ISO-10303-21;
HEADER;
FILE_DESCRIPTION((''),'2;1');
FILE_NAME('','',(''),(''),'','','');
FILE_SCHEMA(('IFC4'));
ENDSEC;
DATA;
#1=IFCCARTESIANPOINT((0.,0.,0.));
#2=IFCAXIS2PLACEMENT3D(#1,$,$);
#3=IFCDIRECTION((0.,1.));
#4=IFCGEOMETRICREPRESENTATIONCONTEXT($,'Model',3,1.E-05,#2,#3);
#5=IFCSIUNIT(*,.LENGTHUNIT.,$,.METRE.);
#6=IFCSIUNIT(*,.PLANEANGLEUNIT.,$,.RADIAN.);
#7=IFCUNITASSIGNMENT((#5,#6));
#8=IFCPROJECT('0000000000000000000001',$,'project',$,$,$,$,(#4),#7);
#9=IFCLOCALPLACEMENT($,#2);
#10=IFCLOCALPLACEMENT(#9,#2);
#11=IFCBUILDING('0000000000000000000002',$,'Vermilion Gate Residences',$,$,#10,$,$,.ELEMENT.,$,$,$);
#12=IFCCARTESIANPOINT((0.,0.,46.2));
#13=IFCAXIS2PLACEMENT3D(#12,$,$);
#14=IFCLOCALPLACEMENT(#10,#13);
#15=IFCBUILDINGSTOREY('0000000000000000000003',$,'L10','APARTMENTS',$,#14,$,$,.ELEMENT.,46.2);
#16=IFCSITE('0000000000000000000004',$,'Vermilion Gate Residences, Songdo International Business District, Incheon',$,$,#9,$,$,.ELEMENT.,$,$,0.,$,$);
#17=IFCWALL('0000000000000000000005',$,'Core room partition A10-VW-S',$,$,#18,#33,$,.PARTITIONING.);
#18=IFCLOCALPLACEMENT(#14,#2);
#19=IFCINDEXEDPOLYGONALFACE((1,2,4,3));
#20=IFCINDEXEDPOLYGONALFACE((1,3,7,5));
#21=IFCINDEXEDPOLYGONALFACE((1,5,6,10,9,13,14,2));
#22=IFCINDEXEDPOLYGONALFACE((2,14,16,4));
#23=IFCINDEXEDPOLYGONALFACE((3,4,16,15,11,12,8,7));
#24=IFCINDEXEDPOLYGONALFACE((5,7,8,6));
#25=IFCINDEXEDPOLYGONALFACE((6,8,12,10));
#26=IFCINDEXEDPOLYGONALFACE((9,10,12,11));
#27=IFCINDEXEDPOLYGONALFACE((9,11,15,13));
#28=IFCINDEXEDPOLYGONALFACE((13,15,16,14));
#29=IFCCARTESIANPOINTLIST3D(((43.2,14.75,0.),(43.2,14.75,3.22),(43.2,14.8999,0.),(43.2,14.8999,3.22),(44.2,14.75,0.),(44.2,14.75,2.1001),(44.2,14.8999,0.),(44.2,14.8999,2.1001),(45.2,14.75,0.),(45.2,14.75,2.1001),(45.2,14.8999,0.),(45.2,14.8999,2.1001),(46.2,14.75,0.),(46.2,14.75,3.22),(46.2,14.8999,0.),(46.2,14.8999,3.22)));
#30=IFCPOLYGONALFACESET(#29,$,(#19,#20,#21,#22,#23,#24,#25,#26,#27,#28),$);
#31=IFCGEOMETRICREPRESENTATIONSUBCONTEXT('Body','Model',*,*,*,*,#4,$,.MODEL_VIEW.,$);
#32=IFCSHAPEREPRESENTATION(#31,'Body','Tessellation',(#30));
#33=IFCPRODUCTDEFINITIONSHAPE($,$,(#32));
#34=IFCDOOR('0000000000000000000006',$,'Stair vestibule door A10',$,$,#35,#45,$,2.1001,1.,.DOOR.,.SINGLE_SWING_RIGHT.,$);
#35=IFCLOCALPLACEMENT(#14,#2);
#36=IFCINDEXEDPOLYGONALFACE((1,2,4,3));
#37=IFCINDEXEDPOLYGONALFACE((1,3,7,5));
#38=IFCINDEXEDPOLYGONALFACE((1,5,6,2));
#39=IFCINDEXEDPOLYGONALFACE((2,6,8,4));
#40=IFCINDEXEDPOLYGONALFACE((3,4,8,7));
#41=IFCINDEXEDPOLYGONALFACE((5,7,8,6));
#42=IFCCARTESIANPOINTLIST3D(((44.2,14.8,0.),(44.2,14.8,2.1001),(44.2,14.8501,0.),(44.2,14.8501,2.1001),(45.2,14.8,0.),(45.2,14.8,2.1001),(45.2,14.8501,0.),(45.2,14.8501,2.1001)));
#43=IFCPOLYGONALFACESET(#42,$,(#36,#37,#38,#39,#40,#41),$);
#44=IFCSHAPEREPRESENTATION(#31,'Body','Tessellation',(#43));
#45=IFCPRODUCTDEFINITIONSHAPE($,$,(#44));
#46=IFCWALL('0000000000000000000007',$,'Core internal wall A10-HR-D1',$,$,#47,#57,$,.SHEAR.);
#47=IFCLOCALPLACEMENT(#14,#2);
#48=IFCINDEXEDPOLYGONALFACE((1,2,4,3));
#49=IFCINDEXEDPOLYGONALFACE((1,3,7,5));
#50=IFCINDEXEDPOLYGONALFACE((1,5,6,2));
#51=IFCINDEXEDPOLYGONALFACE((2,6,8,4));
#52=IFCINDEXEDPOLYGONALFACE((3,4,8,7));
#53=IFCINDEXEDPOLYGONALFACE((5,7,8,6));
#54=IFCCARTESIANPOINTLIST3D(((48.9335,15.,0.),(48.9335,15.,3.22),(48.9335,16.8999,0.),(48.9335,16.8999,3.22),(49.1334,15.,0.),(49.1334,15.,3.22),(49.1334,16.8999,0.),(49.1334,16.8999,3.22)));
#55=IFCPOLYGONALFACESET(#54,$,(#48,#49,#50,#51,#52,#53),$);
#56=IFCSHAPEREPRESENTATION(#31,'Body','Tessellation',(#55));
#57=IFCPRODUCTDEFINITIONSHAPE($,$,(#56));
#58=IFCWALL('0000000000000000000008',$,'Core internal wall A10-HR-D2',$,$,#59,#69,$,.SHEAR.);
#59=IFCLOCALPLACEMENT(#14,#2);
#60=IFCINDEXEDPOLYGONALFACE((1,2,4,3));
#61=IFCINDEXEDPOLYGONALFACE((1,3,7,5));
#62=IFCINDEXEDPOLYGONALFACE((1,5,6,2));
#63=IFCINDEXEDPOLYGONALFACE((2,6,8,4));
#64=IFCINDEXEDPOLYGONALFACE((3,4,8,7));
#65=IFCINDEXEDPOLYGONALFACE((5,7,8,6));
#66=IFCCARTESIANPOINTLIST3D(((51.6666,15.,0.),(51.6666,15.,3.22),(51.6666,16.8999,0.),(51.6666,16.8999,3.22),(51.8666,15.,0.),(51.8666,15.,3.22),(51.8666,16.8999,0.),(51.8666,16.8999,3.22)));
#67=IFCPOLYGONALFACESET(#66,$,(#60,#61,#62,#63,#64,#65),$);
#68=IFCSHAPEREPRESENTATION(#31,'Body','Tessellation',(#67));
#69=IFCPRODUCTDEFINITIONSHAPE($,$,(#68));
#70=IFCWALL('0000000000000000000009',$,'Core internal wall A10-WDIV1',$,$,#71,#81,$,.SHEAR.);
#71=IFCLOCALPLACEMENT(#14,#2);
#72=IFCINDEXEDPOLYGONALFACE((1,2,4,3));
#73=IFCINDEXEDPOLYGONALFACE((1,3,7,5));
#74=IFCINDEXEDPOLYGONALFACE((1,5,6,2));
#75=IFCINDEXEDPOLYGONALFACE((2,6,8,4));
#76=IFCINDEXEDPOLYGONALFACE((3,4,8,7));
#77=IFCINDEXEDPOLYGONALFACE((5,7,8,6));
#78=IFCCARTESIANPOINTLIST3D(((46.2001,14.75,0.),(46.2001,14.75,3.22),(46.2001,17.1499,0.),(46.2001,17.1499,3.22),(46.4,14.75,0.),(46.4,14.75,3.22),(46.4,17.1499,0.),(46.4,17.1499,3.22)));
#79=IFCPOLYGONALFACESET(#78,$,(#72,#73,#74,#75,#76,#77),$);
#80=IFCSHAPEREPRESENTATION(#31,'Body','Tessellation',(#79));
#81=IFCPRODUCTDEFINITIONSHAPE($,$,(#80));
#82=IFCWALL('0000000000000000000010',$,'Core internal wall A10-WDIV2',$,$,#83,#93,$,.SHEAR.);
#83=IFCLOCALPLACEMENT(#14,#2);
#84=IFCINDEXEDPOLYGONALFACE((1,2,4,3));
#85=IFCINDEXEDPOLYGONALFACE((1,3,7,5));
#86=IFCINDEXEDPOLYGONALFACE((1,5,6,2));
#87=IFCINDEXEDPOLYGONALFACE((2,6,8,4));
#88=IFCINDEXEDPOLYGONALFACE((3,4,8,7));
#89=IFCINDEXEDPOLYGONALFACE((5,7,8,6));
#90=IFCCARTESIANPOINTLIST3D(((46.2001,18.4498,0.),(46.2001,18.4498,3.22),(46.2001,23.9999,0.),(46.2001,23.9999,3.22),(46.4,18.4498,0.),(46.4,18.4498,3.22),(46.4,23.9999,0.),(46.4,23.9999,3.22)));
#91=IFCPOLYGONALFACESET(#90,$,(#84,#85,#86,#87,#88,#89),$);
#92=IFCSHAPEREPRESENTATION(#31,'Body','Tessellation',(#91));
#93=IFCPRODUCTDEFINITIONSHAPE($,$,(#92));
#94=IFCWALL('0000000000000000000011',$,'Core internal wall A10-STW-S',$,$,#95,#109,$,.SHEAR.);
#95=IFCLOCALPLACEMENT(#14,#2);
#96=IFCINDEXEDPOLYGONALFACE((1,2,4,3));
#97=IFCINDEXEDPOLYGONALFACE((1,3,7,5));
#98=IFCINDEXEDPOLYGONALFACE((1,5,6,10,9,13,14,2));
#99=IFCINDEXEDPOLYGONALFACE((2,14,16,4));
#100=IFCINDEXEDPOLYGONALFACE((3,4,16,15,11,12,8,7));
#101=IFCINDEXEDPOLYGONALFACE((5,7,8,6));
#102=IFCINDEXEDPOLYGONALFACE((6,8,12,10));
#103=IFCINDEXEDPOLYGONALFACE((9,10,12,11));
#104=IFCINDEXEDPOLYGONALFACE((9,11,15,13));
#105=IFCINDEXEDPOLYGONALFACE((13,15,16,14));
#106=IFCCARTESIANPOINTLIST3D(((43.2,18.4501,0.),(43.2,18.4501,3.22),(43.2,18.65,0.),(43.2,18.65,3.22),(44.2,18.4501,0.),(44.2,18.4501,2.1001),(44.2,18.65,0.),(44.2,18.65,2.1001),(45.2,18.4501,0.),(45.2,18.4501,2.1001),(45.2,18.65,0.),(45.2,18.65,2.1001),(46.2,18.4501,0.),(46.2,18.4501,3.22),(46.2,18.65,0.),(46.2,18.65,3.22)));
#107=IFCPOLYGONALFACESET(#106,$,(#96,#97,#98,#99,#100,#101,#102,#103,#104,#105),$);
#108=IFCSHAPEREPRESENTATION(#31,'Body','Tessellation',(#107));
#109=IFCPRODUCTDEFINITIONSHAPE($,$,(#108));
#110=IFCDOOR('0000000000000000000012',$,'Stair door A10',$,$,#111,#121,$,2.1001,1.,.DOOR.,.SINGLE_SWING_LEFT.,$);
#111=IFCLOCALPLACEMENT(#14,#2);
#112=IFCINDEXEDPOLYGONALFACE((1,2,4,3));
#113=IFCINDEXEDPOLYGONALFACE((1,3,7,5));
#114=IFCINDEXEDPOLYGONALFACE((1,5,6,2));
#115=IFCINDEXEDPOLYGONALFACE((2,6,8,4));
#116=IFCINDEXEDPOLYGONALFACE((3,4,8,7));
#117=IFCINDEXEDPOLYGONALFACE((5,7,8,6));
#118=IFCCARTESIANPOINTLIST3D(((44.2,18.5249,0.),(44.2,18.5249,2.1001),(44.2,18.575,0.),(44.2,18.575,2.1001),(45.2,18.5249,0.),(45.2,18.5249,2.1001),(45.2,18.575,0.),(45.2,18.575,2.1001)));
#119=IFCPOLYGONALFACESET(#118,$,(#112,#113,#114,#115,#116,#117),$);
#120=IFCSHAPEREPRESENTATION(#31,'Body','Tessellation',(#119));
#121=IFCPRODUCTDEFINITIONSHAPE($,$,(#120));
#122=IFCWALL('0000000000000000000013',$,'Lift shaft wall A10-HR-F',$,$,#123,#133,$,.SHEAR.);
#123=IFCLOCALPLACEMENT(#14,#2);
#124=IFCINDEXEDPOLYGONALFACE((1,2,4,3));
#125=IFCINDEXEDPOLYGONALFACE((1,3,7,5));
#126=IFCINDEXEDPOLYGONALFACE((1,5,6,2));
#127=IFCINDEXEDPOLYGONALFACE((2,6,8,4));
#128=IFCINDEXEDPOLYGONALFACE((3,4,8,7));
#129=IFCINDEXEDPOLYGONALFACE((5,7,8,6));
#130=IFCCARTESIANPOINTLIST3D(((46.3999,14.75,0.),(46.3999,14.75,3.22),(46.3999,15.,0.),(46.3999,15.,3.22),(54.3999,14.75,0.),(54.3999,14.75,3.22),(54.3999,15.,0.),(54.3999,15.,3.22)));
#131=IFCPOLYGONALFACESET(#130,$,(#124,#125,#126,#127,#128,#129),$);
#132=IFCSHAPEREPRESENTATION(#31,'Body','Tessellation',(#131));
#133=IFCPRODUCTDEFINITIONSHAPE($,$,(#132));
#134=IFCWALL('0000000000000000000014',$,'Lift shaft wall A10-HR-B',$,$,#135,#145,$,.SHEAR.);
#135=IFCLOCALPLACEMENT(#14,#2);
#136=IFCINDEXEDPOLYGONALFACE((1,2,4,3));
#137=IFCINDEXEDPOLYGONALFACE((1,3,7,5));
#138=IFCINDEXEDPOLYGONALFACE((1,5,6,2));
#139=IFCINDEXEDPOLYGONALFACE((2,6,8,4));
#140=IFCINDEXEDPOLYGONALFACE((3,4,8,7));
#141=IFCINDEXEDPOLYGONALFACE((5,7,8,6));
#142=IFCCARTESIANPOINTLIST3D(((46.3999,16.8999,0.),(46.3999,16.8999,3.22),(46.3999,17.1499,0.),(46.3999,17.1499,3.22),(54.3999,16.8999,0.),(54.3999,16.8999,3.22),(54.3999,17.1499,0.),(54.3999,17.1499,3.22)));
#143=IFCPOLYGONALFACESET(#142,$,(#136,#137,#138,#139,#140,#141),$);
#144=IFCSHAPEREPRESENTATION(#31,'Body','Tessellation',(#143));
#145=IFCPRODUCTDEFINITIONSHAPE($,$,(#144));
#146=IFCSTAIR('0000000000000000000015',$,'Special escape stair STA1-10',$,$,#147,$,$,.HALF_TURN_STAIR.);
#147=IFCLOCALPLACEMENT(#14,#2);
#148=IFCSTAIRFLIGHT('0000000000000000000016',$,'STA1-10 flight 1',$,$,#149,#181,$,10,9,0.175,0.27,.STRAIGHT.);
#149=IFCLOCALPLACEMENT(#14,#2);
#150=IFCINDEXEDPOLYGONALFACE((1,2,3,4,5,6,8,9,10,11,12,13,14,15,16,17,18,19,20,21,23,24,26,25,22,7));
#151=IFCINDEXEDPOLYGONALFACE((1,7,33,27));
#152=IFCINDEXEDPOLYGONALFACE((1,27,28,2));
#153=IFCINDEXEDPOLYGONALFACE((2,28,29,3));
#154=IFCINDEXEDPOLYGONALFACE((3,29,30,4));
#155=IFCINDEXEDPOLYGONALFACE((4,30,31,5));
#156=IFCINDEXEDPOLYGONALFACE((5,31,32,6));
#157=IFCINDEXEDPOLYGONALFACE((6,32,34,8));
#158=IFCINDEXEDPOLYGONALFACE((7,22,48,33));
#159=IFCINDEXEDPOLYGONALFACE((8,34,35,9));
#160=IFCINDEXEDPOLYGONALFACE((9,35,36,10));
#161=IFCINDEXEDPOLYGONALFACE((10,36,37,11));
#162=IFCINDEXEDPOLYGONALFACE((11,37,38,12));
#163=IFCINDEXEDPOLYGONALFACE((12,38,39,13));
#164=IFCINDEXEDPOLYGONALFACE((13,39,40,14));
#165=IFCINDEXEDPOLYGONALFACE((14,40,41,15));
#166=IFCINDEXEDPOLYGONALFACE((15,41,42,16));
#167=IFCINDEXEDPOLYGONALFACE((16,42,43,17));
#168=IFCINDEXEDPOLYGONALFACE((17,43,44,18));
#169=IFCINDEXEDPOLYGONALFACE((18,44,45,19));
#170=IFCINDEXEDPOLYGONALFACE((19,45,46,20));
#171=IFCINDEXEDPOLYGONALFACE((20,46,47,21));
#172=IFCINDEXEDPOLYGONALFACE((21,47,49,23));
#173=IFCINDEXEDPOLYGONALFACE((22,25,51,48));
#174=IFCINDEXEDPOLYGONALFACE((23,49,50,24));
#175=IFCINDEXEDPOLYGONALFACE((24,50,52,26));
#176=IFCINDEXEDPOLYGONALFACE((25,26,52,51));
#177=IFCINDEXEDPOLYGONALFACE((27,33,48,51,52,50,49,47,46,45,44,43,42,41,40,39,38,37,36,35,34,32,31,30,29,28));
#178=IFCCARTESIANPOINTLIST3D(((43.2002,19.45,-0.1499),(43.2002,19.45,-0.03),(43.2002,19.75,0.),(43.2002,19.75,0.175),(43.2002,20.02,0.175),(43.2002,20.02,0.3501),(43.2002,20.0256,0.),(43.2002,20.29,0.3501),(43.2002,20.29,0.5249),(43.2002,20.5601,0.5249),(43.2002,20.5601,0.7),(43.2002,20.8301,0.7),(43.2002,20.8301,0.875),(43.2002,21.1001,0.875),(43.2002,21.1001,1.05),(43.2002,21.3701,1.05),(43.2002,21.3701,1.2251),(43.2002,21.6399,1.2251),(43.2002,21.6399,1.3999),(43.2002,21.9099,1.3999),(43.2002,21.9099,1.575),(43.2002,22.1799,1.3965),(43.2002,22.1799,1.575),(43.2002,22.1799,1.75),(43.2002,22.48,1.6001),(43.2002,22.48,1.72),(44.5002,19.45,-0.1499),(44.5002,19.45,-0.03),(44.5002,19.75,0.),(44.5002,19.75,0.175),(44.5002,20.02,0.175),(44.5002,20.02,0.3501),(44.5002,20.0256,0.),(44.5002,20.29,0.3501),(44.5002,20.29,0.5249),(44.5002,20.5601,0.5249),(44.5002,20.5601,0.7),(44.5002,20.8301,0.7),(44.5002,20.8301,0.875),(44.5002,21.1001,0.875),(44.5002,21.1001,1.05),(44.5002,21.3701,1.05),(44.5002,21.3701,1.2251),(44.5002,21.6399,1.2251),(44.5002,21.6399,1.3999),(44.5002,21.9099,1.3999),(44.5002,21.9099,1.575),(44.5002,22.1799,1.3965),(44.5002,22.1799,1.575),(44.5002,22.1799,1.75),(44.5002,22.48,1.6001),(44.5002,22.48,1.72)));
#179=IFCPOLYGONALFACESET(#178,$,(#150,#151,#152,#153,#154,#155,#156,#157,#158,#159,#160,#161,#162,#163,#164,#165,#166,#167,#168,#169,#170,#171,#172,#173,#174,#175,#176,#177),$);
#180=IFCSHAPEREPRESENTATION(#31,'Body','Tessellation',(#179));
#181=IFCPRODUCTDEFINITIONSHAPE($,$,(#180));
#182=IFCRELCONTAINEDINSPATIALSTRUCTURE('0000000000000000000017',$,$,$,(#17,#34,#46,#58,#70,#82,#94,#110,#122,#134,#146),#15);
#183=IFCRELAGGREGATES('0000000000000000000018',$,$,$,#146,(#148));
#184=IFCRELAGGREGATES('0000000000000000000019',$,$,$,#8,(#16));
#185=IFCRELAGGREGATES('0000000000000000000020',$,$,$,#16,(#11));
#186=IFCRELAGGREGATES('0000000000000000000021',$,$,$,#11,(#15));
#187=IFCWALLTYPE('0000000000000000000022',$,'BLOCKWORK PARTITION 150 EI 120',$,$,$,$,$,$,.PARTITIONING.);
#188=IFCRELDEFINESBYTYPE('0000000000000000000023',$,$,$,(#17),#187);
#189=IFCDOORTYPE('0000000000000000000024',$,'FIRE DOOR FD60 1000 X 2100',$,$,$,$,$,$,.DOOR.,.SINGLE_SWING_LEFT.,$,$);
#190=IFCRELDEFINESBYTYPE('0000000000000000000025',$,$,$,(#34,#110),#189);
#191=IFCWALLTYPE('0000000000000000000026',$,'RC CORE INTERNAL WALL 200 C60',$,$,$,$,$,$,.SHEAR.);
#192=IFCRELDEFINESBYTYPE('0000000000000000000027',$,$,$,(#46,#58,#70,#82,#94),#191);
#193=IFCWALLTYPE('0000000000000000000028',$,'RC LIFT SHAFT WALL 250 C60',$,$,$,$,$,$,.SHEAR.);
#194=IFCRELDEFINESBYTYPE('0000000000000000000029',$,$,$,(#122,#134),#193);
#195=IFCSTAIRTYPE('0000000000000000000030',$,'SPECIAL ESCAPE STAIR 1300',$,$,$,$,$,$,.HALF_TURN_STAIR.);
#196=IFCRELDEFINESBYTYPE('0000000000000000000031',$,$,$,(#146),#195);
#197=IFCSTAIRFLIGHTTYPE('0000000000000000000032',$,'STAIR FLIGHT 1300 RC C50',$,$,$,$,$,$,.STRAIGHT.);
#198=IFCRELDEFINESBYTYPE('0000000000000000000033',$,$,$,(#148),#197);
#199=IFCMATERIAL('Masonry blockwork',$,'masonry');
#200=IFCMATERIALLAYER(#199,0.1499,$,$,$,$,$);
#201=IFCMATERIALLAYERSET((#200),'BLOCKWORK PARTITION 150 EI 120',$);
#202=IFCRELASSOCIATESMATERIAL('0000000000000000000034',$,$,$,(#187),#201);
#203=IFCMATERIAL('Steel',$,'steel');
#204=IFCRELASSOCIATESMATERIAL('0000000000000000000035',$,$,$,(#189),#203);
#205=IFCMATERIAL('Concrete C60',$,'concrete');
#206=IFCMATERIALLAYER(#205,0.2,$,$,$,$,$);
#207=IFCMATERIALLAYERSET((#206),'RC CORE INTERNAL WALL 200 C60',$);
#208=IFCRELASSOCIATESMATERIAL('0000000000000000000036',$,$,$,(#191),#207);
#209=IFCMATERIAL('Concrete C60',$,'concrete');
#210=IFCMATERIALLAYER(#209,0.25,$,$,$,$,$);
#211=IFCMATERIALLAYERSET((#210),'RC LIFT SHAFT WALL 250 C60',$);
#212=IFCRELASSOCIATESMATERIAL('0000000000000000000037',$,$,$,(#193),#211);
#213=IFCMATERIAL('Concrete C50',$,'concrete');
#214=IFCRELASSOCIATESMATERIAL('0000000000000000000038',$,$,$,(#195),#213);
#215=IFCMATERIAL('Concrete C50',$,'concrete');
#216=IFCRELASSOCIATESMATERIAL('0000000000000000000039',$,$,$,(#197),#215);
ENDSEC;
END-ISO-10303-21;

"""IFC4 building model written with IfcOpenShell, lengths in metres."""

from ifc_helpers import new_model, si_unit, direction, frame, frame_2d, origin, place, context, subcontext, project, spatial, polyline, rectangle, outline, extrude, material, layer, layer_set, type_object, element, fill, aggregate, save


model = new_model("IFC4")

# Units and contexts
model_context = context("Model", 3, precision=1e-05, world=origin(), true_north=direction((0.0, 1.0)))
body_context = subcontext(model_context, "Body", "Model", "MODEL_VIEW")
ifc_project = project(units=[si_unit("LENGTHUNIT", "METRE"), si_unit("PLANEANGLEUNIT", "RADIAN")], contexts=[model_context])

# Site, building, storey
site_placement = place(None, origin())
site = spatial("IfcSite", under=ifc_project, at=site_placement, Name="Vermilion Gate Residences, Songdo International Business District, Incheon", CompositionType="ELEMENT", RefElevation=0.0)
building_placement = place(site_placement, origin())
building = spatial("IfcBuilding", under=site, at=building_placement, Name="Vermilion Gate Residences", CompositionType="ELEMENT")
storey_placement = place(building_placement, frame((0.0, 0.0, 46.2)))
storey = spatial("IfcBuildingStorey", under=building, at=storey_placement, Name="L10", Description="APARTMENTS", CompositionType="ELEMENT", Elevation=46.2)

# Wall, opening, door
ifc_material_1 = material(Name="Masonry blockwork", Category="masonry")
ifc_layer_1 = layer(ifc_material_1, 0.1499)
ifc_layer_set_1 = layer_set([ifc_layer_1], Name="BLOCKWORK PARTITION 150 EI 120")
wall_type_1 = type_object("IfcWallType", Name="BLOCKWORK PARTITION 150 EI 120", PredefinedType="PARTITIONING", material=ifc_layer_set_1)
wall_1_placement = place(storey_placement, frame((43.2, 14.825, 0.0), z_axis=(0.0, 0.0, 1.0), x_axis=(1.0, 0.0, 0.0)))
wall_1 = element("IfcWall", 1, at=wall_1_placement, inside=storey, type_object=wall_type_1, Name="Core room partition A10-VW-S", PredefinedType="PARTITIONING", context=body_context, shape_type="SweptSolid", body=[
    extrude(rectangle(XDim=3.0, YDim=0.1499, at=frame_2d((1.5, 0.0))), origin(), (0.0, 0.0, 1.0), 3.22),
])
opening_1_placement = place(wall_1_placement, frame((1.0, 0.0, 0.0)))
opening_1 = element("IfcOpeningElement", 2, at=opening_1_placement, cuts=wall_1, PredefinedType="OPENING", context=body_context, shape_type="SweptSolid", body=[
    extrude(rectangle(XDim=1.0, YDim=2.1001, at=frame_2d((0.5, 1.05))), frame((0.0, 0.085, 0.0), z_axis=(0.0, -1.0, 0.0), x_axis=(1.0, 0.0, 0.0)), (0.0, 0.0, 1.0), 0.1699),
])
ifc_material_2 = material(Name="Steel", Category="steel")
door_type = type_object("IfcDoorType", Name="FIRE DOOR FD60 1000 X 2100", OperationType="SINGLE_SWING_LEFT", PredefinedType="DOOR", material=ifc_material_2)
door_1_placement = place(opening_1_placement, frame((1.0, 0.0, 0.0), z_axis=(0.0, 0.0, 1.0), x_axis=(-1.0, 0.0, 0.0)))
door_1 = element("IfcDoor", 3, at=door_1_placement, inside=storey, type_object=door_type, Name="Stair vestibule door A10", OperationType="SINGLE_SWING_RIGHT", OverallHeight=2.1001, OverallWidth=1.0, PredefinedType="DOOR", context=body_context, shape_type="SweptSolid", body=[
    extrude(rectangle(XDim=1.0, YDim=2.1001, at=frame_2d((0.5, 1.05))), frame((0.0, 0.0249, 0.0), z_axis=(0.0, -1.0, 0.0), x_axis=(1.0, 0.0, 0.0)), (0.0, 0.0, 1.0), 0.05),
])
fill(opening_1, door_1)

# Walls
ifc_material_3 = material(Name="Concrete C60", Category="concrete")
ifc_layer_2 = layer(ifc_material_3, 0.2)
ifc_layer_set_2 = layer_set([ifc_layer_2], Name="RC CORE INTERNAL WALL 200 C60")
wall_type_2 = type_object("IfcWallType", Name="RC CORE INTERNAL WALL 200 C60", PredefinedType="SHEAR", material=ifc_layer_set_2)
for number, where, z_axis, x_axis, name in (
    (4, (49.0334, 15.0, 0.0), (0.0, 0.0, 1.0), (0.0, 1.0, 0.0), "Core internal wall A10-HR-D1"),
    (5, (51.7666, 15.0, 0.0), (0.0, 0.0, 1.0), (0.0, 1.0, 0.0), "Core internal wall A10-HR-D2"),
):
    element("IfcWall", number, at=place(storey_placement, frame(where, z_axis=z_axis, x_axis=x_axis)), inside=storey, type_object=wall_type_2, Name=name, PredefinedType="SHEAR", context=body_context, shape_type="SweptSolid", body=[
        extrude(rectangle(XDim=1.8999, YDim=0.2, at=frame_2d((0.95, 0.0))), origin(), (0.0, 0.0, 1.0), 3.22),
    ])
wall_2_placement = place(storey_placement, frame((46.3, 14.75, 0.0), z_axis=(0.0, 0.0, 1.0), x_axis=(0.0, 1.0, 0.0)))
element("IfcWall", 6, at=wall_2_placement, inside=storey, type_object=wall_type_2, Name="Core internal wall A10-WDIV1", PredefinedType="SHEAR", context=body_context, shape_type="SweptSolid", body=[
    extrude(rectangle(XDim=2.3999, YDim=0.2, at=frame_2d((1.2, 0.0))), origin(), (0.0, 0.0, 1.0), 3.22),
])
wall_3_placement = place(storey_placement, frame((46.3, 18.45, 0.0), z_axis=(0.0, 0.0, 1.0), x_axis=(0.0, 1.0, 0.0)))
element("IfcWall", 7, at=wall_3_placement, inside=storey, type_object=wall_type_2, Name="Core internal wall A10-WDIV2", PredefinedType="SHEAR", context=body_context, shape_type="SweptSolid", body=[
    extrude(rectangle(XDim=5.55, YDim=0.2, at=frame_2d((2.7749, 0.0))), origin(), (0.0, 0.0, 1.0), 3.22),
])

# Wall, opening, door
wall_4_placement = place(storey_placement, frame((43.2, 18.55, 0.0), z_axis=(0.0, 0.0, 1.0), x_axis=(1.0, 0.0, 0.0)))
wall_4 = element("IfcWall", 8, at=wall_4_placement, inside=storey, type_object=wall_type_2, Name="Core internal wall A10-STW-S", PredefinedType="SHEAR", context=body_context, shape_type="SweptSolid", body=[
    extrude(rectangle(XDim=3.0, YDim=0.2, at=frame_2d((1.5, 0.0))), origin(), (0.0, 0.0, 1.0), 3.22),
])
opening_2_placement = place(wall_4_placement, frame((1.0, 0.0, 0.0)))
opening_2 = element("IfcOpeningElement", 9, at=opening_2_placement, cuts=wall_4, PredefinedType="OPENING", context=body_context, shape_type="SweptSolid", body=[
    extrude(rectangle(XDim=1.0, YDim=2.1001, at=frame_2d((0.5, 1.05))), frame((0.0, 0.1099, 0.0), z_axis=(0.0, -1.0, 0.0), x_axis=(1.0, 0.0, 0.0)), (0.0, 0.0, 1.0), 0.22),
])
door_2_placement = place(opening_2_placement, origin())
door_2 = element("IfcDoor", 10, at=door_2_placement, inside=storey, type_object=door_type, Name="Stair door A10", OperationType="SINGLE_SWING_LEFT", OverallHeight=2.1001, OverallWidth=1.0, PredefinedType="DOOR", context=body_context, shape_type="SweptSolid", body=[
    extrude(rectangle(XDim=1.0, YDim=2.1001, at=frame_2d((0.5, 1.05))), frame((0.0, 0.0249, 0.0), z_axis=(0.0, -1.0, 0.0), x_axis=(1.0, 0.0, 0.0)), (0.0, 0.0, 1.0), 0.05),
])
fill(opening_2, door_2)

# Walls
ifc_material_4 = material(Name="Concrete C60", Category="concrete")
ifc_layer_3 = layer(ifc_material_4, 0.25)
ifc_layer_set_3 = layer_set([ifc_layer_3], Name="RC LIFT SHAFT WALL 250 C60")
wall_type_3 = type_object("IfcWallType", Name="RC LIFT SHAFT WALL 250 C60", PredefinedType="SHEAR", material=ifc_layer_set_3)
for number, where, z_axis, x_axis, name in (
    (11, (46.3999, 14.875, 0.0), (0.0, 0.0, 1.0), (1.0, 0.0, 0.0), "Lift shaft wall A10-HR-F"),
    (12, (46.3999, 17.0249, 0.0), (0.0, 0.0, 1.0), (1.0, 0.0, 0.0), "Lift shaft wall A10-HR-B"),
):
    element("IfcWall", number, at=place(storey_placement, frame(where, z_axis=z_axis, x_axis=x_axis)), inside=storey, type_object=wall_type_3, Name=name, PredefinedType="SHEAR", context=body_context, shape_type="SweptSolid", body=[
        extrude(rectangle(XDim=8.0, YDim=0.25, at=frame_2d((4.0, 0.0))), origin(), (0.0, 0.0, 1.0), 3.22),
    ])

# Stair, stair flight
ifc_material_5 = material(Name="Concrete C50", Category="concrete")
stair_type = type_object("IfcStairType", Name="SPECIAL ESCAPE STAIR 1300", PredefinedType="HALF_TURN_STAIR", material=ifc_material_5)
stair_placement = place(storey_placement, origin())
stair = element("IfcStair", 13, at=stair_placement, inside=storey, type_object=stair_type, Name="Special escape stair STA1-10", PredefinedType="HALF_TURN_STAIR")
ifc_material_6 = material(Name="Concrete C50", Category="concrete")
stair_flight_type = type_object("IfcStairFlightType", Name="STAIR FLIGHT 1300 RC C50", PredefinedType="STRAIGHT", material=ifc_material_6)
stair_flight_placement = place(storey_placement, frame((43.8501, 19.75, 0.0), z_axis=(0.0, 0.0, 1.0), x_axis=(0.0, 1.0, 0.0)))
stair_flight = element("IfcStairFlight", 14, at=stair_flight_placement, type_object=stair_flight_type, Name="STA1-10 flight 1", NumberOfRisers=10, NumberOfTreads=9, PredefinedType="STRAIGHT", RiserHeight=0.175, TreadLength=0.27, context=body_context, shape_type="SweptSolid", body=[
    extrude(outline(polyline([(-0.3, -0.1499), (-0.3, -0.03), (0.0, 0.0), (0.0, 0.175), (0.27, 0.175), (0.27, 0.3501), (0.54, 0.3501), (0.54, 0.5249), (0.8101, 0.5249), (0.8101, 0.7), (1.0801, 0.7), (1.0801, 0.875), (1.3501, 0.875), (1.3501, 1.05), (1.6201, 1.05), (1.6201, 1.2251), (1.8899, 1.2251), (1.8899, 1.3999), (2.1599, 1.3999), (2.1599, 1.575), (2.4299, 1.575), (2.4299, 1.75), (2.73, 1.72), (2.73, 1.6001), (2.4299, 1.3965), (0.2756, 0.0), (-0.3, -0.1499)])), frame((0.0, 0.6499, 0.0), z_axis=(0.0, -1.0, 0.0), x_axis=(1.0, 0.0, 0.0)), (0.0, 0.0, 1.0), 1.3),
])
aggregate(stair, [stair_flight])

save(model, "model.ifc")
